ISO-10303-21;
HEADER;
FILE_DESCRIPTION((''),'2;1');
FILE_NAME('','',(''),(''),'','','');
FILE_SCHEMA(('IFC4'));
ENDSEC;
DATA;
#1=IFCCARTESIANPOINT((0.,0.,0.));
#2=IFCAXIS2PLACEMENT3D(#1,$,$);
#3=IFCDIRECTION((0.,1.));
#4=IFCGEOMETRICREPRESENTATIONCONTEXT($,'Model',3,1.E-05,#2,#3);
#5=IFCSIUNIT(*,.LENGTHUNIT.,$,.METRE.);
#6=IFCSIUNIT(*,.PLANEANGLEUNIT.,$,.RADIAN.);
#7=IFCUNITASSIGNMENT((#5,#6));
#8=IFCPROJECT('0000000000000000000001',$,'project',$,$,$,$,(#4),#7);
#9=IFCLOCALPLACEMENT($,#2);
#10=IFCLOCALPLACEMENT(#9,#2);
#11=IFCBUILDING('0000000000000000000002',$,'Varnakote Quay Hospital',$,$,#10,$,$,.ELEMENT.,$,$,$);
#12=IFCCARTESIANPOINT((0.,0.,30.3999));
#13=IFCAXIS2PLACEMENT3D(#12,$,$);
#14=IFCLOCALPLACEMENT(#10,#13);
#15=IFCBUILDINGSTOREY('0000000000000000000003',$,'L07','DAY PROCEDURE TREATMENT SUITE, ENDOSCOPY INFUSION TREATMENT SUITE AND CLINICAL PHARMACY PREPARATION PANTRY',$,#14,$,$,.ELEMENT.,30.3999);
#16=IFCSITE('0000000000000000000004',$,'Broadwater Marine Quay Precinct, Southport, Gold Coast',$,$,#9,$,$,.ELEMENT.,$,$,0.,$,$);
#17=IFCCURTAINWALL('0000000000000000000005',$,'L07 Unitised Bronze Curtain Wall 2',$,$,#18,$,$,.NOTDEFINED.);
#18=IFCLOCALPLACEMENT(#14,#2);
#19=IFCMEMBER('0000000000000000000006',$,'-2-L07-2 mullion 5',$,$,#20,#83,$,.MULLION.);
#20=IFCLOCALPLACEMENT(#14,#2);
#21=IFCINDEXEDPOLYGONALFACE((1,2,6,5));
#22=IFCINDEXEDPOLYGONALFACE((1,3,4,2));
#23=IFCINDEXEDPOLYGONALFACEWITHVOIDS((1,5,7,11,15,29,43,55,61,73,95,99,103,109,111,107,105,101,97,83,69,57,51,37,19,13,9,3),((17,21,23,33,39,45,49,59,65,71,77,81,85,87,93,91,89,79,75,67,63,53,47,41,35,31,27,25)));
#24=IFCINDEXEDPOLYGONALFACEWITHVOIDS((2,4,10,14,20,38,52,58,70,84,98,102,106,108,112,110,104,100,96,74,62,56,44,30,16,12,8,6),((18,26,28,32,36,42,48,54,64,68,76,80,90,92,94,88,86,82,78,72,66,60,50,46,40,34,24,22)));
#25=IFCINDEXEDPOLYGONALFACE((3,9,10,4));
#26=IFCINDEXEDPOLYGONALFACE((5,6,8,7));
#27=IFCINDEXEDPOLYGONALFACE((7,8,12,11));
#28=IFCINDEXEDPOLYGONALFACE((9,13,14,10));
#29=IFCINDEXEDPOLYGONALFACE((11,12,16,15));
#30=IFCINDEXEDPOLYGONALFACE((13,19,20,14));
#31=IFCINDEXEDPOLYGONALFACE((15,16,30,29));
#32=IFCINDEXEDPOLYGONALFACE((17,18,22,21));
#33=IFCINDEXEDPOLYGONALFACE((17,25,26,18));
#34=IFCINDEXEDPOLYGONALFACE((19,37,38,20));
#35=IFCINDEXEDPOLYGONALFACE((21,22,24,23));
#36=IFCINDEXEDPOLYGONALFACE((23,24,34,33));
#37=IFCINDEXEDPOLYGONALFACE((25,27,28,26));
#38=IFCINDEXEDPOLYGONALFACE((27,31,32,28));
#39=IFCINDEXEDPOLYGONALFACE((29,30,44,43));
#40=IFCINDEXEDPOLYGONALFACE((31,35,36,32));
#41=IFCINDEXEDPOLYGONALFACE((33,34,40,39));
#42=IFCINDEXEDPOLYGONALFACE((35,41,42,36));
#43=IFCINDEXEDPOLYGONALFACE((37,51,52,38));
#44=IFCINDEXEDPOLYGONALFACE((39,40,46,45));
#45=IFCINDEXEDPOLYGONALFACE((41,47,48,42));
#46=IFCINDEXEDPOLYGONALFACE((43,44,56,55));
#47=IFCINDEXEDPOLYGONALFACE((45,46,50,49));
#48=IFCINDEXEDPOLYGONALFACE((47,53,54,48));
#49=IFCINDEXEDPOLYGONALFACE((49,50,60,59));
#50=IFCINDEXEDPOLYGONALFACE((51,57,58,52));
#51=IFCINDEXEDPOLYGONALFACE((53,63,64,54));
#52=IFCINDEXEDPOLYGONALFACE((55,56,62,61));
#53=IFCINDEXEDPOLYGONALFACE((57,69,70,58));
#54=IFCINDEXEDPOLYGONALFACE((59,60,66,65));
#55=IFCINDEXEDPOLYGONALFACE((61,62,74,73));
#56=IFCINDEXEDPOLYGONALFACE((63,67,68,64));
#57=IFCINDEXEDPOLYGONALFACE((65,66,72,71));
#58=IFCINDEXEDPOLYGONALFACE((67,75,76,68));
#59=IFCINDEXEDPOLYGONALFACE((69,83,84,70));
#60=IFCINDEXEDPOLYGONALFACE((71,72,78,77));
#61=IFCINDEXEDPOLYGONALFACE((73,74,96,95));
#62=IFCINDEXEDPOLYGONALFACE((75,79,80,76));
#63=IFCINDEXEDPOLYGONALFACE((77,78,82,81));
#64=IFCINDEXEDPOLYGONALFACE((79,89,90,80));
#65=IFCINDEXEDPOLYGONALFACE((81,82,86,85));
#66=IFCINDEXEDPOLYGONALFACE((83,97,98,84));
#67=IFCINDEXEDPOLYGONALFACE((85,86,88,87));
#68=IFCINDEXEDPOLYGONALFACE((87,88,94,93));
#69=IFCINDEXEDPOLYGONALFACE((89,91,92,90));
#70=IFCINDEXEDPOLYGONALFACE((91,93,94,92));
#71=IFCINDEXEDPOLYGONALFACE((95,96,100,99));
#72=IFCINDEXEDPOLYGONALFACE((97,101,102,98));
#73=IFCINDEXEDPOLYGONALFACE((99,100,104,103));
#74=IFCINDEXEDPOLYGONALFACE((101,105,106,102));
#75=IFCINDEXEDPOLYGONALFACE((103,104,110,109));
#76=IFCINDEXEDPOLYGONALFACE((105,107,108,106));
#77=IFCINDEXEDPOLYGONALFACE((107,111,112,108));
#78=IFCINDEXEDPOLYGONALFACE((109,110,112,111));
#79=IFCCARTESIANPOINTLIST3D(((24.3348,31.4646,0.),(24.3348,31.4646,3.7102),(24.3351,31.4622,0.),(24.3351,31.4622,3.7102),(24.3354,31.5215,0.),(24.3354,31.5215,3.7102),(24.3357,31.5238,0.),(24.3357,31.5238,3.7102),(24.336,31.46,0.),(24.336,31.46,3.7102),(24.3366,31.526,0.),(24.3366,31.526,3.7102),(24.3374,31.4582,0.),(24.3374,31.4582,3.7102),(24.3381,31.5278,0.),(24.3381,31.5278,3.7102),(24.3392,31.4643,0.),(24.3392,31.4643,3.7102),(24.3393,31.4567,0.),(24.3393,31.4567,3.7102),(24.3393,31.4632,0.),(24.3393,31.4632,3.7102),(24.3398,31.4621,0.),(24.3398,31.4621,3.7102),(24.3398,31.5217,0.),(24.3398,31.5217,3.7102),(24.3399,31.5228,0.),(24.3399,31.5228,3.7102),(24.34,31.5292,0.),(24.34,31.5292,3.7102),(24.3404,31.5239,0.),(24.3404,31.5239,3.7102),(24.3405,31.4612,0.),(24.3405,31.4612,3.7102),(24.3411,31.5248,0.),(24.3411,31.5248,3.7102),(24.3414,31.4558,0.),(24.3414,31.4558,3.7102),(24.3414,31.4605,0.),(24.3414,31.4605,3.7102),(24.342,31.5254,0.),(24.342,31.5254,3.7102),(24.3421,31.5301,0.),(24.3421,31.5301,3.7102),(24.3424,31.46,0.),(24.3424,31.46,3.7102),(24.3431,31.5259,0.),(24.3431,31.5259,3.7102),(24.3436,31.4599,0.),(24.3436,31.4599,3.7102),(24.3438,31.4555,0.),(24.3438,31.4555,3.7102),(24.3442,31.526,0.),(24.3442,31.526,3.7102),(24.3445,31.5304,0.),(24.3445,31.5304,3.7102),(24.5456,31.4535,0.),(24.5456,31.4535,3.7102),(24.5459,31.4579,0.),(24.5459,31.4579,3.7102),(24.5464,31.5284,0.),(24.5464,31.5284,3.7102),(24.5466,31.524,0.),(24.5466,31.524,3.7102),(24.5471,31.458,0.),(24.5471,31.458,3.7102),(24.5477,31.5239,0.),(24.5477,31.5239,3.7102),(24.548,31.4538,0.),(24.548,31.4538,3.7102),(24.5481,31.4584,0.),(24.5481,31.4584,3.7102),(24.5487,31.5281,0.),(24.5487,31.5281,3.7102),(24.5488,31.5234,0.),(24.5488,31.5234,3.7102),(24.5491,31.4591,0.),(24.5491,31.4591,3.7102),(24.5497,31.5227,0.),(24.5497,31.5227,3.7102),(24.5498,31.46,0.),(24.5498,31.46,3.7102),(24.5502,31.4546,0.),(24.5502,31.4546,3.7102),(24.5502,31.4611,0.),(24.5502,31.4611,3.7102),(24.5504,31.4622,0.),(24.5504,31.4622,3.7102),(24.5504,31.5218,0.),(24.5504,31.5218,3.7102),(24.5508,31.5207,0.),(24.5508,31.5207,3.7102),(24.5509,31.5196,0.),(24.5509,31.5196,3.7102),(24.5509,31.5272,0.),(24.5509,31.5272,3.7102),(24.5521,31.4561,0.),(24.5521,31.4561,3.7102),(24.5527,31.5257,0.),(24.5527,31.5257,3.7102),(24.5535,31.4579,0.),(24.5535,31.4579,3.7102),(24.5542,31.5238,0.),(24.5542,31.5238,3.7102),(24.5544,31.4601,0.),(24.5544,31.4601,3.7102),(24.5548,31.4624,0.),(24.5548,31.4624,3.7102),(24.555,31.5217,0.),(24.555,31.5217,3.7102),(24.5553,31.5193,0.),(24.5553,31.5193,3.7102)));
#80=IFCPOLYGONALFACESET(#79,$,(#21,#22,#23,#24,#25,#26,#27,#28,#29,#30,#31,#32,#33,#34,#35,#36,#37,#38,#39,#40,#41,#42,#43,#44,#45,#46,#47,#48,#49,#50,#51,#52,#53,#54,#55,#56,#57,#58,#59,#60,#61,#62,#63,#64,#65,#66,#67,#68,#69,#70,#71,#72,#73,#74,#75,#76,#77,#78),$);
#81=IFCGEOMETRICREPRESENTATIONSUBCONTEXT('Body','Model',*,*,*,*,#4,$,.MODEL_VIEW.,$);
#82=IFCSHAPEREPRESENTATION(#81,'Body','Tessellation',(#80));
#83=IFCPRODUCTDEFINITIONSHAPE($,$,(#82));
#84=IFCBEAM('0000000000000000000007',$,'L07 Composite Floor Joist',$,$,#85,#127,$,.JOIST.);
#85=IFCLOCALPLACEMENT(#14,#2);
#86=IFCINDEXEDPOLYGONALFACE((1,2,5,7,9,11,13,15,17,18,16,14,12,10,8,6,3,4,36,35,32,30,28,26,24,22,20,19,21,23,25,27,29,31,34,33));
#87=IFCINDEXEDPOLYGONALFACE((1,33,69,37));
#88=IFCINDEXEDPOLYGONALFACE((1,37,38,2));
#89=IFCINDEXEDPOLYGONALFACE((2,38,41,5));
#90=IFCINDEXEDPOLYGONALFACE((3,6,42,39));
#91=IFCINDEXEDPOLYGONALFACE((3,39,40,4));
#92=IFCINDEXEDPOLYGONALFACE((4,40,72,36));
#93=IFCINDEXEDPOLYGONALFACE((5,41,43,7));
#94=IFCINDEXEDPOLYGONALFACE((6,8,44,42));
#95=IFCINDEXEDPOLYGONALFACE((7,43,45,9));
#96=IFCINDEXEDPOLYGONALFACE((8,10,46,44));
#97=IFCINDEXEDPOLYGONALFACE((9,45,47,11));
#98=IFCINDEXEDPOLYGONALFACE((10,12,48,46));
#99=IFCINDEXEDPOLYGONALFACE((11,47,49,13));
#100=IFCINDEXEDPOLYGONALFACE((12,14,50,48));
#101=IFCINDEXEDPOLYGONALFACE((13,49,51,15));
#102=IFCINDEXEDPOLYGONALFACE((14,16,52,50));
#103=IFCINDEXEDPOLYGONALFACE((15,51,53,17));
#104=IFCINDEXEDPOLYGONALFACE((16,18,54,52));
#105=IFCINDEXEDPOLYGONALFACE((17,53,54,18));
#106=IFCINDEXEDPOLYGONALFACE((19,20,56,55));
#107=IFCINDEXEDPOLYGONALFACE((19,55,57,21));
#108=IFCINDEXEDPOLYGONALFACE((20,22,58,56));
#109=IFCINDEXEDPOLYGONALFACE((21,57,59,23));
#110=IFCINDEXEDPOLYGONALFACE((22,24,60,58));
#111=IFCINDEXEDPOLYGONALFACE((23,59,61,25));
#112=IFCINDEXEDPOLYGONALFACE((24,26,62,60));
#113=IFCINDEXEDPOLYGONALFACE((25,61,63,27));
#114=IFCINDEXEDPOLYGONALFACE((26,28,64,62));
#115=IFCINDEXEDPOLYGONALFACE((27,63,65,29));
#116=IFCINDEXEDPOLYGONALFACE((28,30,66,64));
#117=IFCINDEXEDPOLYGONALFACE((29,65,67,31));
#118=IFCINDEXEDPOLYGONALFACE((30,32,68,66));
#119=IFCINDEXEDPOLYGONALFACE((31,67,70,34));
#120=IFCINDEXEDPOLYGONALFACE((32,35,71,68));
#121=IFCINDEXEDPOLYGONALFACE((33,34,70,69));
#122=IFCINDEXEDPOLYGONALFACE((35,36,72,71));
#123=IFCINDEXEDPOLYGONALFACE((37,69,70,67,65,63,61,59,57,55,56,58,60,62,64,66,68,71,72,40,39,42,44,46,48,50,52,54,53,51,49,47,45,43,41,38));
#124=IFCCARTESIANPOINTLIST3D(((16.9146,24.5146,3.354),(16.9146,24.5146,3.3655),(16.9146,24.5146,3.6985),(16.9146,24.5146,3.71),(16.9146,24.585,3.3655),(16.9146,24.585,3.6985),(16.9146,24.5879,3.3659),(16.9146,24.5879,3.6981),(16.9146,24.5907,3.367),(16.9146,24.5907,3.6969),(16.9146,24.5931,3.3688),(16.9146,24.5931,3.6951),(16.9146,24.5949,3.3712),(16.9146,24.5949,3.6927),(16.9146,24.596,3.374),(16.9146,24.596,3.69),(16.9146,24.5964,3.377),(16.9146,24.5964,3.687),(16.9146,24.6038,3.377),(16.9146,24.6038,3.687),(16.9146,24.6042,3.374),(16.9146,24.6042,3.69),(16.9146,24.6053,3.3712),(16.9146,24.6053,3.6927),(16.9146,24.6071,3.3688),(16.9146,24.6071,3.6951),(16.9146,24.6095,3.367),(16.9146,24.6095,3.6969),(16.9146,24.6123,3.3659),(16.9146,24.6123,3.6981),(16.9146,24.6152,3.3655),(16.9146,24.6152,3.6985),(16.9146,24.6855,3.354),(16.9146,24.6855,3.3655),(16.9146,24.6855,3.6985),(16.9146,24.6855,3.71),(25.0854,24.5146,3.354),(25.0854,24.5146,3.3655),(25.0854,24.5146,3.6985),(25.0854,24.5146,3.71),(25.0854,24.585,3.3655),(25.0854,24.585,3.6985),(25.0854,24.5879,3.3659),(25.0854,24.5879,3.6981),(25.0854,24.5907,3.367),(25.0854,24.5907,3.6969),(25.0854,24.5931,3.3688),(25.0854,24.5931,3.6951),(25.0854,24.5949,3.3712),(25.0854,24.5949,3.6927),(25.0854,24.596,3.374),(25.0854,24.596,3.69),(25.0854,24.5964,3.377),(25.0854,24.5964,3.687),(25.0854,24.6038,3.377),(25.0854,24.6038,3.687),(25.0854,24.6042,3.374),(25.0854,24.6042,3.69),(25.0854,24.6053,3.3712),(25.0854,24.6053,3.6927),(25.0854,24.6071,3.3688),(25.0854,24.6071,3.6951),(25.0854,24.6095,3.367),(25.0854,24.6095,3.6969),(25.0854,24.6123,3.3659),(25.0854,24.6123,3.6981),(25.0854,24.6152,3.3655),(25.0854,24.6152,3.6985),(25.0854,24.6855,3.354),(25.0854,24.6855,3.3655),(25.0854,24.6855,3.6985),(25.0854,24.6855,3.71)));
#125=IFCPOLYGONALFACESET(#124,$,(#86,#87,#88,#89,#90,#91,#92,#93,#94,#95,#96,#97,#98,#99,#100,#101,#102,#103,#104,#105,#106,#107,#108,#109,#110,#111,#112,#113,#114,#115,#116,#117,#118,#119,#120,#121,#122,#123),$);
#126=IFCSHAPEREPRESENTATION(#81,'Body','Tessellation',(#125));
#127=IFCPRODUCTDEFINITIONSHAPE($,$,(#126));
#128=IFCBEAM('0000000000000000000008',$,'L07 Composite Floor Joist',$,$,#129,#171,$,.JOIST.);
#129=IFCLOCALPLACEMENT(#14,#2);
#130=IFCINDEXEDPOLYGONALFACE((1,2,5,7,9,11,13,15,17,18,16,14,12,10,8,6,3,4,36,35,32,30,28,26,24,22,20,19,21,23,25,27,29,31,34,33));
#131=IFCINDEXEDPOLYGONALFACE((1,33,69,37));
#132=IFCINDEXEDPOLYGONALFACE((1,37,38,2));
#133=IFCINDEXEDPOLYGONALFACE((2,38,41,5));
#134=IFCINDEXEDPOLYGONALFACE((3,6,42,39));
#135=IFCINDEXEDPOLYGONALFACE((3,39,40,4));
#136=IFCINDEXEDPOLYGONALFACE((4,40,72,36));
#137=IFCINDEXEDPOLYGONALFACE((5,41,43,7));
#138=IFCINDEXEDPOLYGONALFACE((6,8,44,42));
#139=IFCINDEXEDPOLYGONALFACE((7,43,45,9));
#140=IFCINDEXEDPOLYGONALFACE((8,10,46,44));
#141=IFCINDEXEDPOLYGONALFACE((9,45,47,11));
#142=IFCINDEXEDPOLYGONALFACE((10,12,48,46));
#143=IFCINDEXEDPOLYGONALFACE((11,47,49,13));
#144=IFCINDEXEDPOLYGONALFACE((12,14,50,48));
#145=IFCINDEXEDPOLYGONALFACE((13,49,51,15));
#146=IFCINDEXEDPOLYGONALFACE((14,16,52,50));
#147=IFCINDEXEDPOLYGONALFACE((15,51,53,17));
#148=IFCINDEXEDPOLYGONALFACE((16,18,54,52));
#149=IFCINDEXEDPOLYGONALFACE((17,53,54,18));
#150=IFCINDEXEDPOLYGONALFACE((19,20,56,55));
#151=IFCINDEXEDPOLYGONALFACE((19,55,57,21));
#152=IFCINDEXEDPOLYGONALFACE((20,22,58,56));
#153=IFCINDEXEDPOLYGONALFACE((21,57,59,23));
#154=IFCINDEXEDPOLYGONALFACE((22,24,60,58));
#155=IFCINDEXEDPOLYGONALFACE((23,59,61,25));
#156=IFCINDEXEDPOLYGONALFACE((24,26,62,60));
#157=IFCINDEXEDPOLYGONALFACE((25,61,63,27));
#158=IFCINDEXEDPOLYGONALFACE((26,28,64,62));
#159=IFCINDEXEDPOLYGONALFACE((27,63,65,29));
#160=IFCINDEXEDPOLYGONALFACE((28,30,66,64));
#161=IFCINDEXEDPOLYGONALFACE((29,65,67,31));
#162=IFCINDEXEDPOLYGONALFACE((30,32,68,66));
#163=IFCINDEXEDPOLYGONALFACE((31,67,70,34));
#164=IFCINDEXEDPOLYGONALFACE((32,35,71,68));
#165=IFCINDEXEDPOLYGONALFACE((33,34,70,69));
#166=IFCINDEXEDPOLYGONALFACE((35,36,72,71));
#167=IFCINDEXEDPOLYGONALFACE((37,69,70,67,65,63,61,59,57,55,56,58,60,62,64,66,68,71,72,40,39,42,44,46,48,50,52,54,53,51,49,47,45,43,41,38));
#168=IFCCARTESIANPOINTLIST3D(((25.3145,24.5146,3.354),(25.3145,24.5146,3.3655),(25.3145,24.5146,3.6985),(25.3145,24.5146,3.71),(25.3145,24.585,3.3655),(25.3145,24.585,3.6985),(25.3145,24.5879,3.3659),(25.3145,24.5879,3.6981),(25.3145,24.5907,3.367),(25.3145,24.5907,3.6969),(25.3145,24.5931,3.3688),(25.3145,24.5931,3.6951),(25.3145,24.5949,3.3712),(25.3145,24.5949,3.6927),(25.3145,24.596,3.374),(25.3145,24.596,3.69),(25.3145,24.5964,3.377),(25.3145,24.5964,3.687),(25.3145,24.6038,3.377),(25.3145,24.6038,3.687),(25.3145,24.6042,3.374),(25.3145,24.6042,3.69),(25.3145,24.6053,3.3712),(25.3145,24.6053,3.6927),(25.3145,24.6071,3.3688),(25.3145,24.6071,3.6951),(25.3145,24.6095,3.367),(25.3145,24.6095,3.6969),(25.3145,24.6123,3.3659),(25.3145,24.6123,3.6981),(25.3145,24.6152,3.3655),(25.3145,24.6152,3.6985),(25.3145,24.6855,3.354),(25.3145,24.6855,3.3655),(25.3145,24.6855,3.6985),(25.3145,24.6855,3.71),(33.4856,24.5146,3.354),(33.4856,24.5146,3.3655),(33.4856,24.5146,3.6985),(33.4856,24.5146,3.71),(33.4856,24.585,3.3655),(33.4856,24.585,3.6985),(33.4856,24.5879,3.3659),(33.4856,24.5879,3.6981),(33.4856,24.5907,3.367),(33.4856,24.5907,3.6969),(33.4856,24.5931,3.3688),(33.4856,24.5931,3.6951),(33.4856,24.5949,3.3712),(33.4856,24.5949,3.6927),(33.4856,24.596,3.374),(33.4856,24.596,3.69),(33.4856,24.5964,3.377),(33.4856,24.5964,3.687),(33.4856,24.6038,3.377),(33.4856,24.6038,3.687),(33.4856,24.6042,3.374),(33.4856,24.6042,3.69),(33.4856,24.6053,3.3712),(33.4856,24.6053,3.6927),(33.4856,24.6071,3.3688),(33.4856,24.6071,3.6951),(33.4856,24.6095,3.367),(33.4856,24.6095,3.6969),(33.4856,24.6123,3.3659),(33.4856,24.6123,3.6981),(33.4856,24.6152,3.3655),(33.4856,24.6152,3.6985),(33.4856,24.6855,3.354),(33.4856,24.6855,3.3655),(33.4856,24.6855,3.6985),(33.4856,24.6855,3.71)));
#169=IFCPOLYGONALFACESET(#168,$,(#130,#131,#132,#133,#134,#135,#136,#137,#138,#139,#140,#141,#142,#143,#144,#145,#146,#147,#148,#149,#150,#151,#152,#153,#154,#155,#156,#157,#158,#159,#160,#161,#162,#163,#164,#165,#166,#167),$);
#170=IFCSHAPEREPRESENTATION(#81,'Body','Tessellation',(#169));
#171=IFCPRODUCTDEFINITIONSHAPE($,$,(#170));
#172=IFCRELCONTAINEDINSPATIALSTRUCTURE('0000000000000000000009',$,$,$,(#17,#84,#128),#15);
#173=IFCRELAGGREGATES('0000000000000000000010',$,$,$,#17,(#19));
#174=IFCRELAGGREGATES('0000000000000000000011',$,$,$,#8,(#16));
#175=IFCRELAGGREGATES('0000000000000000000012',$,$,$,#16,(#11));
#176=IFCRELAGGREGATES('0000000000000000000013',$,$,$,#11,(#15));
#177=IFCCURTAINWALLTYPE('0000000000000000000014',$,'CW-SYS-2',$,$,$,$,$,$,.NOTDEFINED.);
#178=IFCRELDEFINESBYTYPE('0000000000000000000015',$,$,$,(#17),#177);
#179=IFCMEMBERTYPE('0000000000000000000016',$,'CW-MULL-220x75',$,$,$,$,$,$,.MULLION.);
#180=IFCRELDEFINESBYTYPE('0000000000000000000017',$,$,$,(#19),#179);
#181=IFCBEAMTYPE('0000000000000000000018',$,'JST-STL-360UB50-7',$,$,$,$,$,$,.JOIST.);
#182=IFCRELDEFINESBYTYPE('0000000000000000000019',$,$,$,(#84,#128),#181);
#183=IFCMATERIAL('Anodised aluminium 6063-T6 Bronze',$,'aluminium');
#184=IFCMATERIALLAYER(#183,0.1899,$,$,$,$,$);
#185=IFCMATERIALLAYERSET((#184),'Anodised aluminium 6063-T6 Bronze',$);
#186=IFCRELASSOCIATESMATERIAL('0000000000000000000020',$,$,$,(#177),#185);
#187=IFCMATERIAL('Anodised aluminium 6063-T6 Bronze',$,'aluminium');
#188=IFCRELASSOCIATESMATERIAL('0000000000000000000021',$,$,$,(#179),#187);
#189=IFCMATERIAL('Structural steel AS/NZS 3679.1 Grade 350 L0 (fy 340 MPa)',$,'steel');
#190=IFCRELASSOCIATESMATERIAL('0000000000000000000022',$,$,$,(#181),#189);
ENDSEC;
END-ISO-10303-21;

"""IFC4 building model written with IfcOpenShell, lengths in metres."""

from ifc_helpers import new_model, si_unit, direction, frame, origin, origin_2d, place, context, subcontext, project, spatial, hollow_rectangle, i_section, extrude, material, layer, layer_set, material_profile, profile_set, type_object, element, aggregate, save


model = new_model("IFC4")

# Units and contexts
model_context = context("Model", 3, precision=1e-05, world=origin(), true_north=direction((0.0, 1.0)))
body_context = subcontext(model_context, "Body", "Model", "MODEL_VIEW")
ifc_project = project(units=[si_unit("LENGTHUNIT", "METRE"), si_unit("PLANEANGLEUNIT", "RADIAN")], contexts=[model_context])

# Site, building, storey
site_placement = place(None, origin())
site = spatial("IfcSite", under=ifc_project, at=site_placement, Name="Broadwater Marine Quay Precinct, Southport, Gold Coast", CompositionType="ELEMENT", RefElevation=0.0)
building_placement = place(site_placement, origin())
building = spatial("IfcBuilding", under=site, at=building_placement, Name="Varnakote Quay Hospital", CompositionType="ELEMENT")
storey_placement = place(building_placement, frame((0.0, 0.0, 30.3999)))
storey = spatial("IfcBuildingStorey", under=building, at=storey_placement, Name="L07", Description="DAY PROCEDURE TREATMENT SUITE, ENDOSCOPY INFUSION TREATMENT SUITE AND CLINICAL PHARMACY PREPARATION PANTRY", CompositionType="ELEMENT", Elevation=30.3999)

# Curtain wall, member
ifc_material_1 = material(Name="Anodised aluminium 6063-T6 Bronze", Category="aluminium")
ifc_layer_1 = layer(ifc_material_1, 0.1899)
ifc_layer_set_1 = layer_set([ifc_layer_1], Name="Anodised aluminium 6063-T6 Bronze")
curtain_wall_type = type_object("IfcCurtainWallType", Name="CW-SYS-2", PredefinedType="NOTDEFINED", material=ifc_layer_set_1)
curtain_wall_placement = place(storey_placement, origin())
curtain_wall = element("IfcCurtainWall", 1, at=curtain_wall_placement, inside=storey, type_object=curtain_wall_type, Name="L07 Unitised Bronze Curtain Wall 2", PredefinedType="NOTDEFINED")
ifc_material_2 = material(Name="Anodised aluminium 6063-T6 Bronze", Category="aluminium")
ifc_material_profile_1 = material_profile(ifc_material_2, hollow_rectangle(XDim=0.075, YDim=0.22, WallThickness=0.0044, InnerFilletRadius=0.0044, OuterFilletRadius=0.009, at=origin_2d()), Name="CW-MULL-220x75")
ifc_profile_set_1 = profile_set([ifc_material_profile_1], Name="Anodised aluminium 6063-T6 Bronze")
member_type = type_object("IfcMemberType", Name="CW-MULL-220x75", PredefinedType="MULLION", material=ifc_profile_set_1)
member_placement = place(storey_placement, frame((24.4451, 31.4919, 0.0), z_axis=(0.0, 0.0, 1.0), x_axis=(-0.009774, -0.999952, 0.0)))
member = element("IfcMember", 2, at=member_placement, type_object=member_type, Name="-2-L07-2 mullion 5", PredefinedType="MULLION", context=body_context, shape_type="SweptSolid", body=[
    extrude(hollow_rectangle(XDim=0.075, YDim=0.22, WallThickness=0.0044, InnerFilletRadius=0.0044, OuterFilletRadius=0.009, at=origin_2d()), origin(), (0.0, 0.0, 1.0), 3.7102),
])

# Beams
ifc_material_3 = material(Name="Structural steel AS/NZS 3679.1 Grade 350 L0 (fy 340 MPa)", Category="steel")
ifc_material_profile_2 = material_profile(ifc_material_3, i_section(OverallWidth=0.1709, OverallDepth=0.356, WebThickness=0.0073, FlangeThickness=0.0115, FilletRadius=0.0115, at=origin_2d()), Name="360UB50.7")
ifc_profile_set_2 = profile_set([ifc_material_profile_2], Name="Structural steel AS/NZS 3679.1 Grade 350 L0 (fy 340 MPa)")
beam_type_1 = type_object("IfcBeamType", Name="JST-STL-360UB50-7", PredefinedType="JOIST", material=ifc_profile_set_2)
beam_1_placement = place(storey_placement, frame((16.9146, 24.6001, 3.532), z_axis=(1.0, 0.0, 0.0), x_axis=(0.0, 1.0, 0.0)))
element("IfcBeam", 3, at=beam_1_placement, inside=storey, type_object=beam_type_1, Name="L07 Composite Floor Joist", PredefinedType="JOIST", context=body_context, shape_type="SweptSolid", body=[
    extrude(i_section(OverallWidth=0.1709, OverallDepth=0.356, WebThickness=0.0073, FlangeThickness=0.0115, FilletRadius=0.0115, at=origin_2d()), origin(), (0.0, 0.0, 1.0), 8.1709),
])
beam_2_placement = place(storey_placement, frame((25.3145, 24.6001, 3.532), z_axis=(1.0, 0.0, 0.0), x_axis=(0.0, 1.0, 0.0)))
element("IfcBeam", 4, at=beam_2_placement, inside=storey, type_object=beam_type_1, Name="L07 Composite Floor Joist", PredefinedType="JOIST", context=body_context, shape_type="SweptSolid", body=[
    extrude(i_section(OverallWidth=0.1709, OverallDepth=0.356, WebThickness=0.0073, FlangeThickness=0.0115, FilletRadius=0.0115, at=origin_2d()), origin(), (0.0, 0.0, 1.0), 8.1711),
])

aggregate(curtain_wall, [member])

save(model, "model.ifc")
